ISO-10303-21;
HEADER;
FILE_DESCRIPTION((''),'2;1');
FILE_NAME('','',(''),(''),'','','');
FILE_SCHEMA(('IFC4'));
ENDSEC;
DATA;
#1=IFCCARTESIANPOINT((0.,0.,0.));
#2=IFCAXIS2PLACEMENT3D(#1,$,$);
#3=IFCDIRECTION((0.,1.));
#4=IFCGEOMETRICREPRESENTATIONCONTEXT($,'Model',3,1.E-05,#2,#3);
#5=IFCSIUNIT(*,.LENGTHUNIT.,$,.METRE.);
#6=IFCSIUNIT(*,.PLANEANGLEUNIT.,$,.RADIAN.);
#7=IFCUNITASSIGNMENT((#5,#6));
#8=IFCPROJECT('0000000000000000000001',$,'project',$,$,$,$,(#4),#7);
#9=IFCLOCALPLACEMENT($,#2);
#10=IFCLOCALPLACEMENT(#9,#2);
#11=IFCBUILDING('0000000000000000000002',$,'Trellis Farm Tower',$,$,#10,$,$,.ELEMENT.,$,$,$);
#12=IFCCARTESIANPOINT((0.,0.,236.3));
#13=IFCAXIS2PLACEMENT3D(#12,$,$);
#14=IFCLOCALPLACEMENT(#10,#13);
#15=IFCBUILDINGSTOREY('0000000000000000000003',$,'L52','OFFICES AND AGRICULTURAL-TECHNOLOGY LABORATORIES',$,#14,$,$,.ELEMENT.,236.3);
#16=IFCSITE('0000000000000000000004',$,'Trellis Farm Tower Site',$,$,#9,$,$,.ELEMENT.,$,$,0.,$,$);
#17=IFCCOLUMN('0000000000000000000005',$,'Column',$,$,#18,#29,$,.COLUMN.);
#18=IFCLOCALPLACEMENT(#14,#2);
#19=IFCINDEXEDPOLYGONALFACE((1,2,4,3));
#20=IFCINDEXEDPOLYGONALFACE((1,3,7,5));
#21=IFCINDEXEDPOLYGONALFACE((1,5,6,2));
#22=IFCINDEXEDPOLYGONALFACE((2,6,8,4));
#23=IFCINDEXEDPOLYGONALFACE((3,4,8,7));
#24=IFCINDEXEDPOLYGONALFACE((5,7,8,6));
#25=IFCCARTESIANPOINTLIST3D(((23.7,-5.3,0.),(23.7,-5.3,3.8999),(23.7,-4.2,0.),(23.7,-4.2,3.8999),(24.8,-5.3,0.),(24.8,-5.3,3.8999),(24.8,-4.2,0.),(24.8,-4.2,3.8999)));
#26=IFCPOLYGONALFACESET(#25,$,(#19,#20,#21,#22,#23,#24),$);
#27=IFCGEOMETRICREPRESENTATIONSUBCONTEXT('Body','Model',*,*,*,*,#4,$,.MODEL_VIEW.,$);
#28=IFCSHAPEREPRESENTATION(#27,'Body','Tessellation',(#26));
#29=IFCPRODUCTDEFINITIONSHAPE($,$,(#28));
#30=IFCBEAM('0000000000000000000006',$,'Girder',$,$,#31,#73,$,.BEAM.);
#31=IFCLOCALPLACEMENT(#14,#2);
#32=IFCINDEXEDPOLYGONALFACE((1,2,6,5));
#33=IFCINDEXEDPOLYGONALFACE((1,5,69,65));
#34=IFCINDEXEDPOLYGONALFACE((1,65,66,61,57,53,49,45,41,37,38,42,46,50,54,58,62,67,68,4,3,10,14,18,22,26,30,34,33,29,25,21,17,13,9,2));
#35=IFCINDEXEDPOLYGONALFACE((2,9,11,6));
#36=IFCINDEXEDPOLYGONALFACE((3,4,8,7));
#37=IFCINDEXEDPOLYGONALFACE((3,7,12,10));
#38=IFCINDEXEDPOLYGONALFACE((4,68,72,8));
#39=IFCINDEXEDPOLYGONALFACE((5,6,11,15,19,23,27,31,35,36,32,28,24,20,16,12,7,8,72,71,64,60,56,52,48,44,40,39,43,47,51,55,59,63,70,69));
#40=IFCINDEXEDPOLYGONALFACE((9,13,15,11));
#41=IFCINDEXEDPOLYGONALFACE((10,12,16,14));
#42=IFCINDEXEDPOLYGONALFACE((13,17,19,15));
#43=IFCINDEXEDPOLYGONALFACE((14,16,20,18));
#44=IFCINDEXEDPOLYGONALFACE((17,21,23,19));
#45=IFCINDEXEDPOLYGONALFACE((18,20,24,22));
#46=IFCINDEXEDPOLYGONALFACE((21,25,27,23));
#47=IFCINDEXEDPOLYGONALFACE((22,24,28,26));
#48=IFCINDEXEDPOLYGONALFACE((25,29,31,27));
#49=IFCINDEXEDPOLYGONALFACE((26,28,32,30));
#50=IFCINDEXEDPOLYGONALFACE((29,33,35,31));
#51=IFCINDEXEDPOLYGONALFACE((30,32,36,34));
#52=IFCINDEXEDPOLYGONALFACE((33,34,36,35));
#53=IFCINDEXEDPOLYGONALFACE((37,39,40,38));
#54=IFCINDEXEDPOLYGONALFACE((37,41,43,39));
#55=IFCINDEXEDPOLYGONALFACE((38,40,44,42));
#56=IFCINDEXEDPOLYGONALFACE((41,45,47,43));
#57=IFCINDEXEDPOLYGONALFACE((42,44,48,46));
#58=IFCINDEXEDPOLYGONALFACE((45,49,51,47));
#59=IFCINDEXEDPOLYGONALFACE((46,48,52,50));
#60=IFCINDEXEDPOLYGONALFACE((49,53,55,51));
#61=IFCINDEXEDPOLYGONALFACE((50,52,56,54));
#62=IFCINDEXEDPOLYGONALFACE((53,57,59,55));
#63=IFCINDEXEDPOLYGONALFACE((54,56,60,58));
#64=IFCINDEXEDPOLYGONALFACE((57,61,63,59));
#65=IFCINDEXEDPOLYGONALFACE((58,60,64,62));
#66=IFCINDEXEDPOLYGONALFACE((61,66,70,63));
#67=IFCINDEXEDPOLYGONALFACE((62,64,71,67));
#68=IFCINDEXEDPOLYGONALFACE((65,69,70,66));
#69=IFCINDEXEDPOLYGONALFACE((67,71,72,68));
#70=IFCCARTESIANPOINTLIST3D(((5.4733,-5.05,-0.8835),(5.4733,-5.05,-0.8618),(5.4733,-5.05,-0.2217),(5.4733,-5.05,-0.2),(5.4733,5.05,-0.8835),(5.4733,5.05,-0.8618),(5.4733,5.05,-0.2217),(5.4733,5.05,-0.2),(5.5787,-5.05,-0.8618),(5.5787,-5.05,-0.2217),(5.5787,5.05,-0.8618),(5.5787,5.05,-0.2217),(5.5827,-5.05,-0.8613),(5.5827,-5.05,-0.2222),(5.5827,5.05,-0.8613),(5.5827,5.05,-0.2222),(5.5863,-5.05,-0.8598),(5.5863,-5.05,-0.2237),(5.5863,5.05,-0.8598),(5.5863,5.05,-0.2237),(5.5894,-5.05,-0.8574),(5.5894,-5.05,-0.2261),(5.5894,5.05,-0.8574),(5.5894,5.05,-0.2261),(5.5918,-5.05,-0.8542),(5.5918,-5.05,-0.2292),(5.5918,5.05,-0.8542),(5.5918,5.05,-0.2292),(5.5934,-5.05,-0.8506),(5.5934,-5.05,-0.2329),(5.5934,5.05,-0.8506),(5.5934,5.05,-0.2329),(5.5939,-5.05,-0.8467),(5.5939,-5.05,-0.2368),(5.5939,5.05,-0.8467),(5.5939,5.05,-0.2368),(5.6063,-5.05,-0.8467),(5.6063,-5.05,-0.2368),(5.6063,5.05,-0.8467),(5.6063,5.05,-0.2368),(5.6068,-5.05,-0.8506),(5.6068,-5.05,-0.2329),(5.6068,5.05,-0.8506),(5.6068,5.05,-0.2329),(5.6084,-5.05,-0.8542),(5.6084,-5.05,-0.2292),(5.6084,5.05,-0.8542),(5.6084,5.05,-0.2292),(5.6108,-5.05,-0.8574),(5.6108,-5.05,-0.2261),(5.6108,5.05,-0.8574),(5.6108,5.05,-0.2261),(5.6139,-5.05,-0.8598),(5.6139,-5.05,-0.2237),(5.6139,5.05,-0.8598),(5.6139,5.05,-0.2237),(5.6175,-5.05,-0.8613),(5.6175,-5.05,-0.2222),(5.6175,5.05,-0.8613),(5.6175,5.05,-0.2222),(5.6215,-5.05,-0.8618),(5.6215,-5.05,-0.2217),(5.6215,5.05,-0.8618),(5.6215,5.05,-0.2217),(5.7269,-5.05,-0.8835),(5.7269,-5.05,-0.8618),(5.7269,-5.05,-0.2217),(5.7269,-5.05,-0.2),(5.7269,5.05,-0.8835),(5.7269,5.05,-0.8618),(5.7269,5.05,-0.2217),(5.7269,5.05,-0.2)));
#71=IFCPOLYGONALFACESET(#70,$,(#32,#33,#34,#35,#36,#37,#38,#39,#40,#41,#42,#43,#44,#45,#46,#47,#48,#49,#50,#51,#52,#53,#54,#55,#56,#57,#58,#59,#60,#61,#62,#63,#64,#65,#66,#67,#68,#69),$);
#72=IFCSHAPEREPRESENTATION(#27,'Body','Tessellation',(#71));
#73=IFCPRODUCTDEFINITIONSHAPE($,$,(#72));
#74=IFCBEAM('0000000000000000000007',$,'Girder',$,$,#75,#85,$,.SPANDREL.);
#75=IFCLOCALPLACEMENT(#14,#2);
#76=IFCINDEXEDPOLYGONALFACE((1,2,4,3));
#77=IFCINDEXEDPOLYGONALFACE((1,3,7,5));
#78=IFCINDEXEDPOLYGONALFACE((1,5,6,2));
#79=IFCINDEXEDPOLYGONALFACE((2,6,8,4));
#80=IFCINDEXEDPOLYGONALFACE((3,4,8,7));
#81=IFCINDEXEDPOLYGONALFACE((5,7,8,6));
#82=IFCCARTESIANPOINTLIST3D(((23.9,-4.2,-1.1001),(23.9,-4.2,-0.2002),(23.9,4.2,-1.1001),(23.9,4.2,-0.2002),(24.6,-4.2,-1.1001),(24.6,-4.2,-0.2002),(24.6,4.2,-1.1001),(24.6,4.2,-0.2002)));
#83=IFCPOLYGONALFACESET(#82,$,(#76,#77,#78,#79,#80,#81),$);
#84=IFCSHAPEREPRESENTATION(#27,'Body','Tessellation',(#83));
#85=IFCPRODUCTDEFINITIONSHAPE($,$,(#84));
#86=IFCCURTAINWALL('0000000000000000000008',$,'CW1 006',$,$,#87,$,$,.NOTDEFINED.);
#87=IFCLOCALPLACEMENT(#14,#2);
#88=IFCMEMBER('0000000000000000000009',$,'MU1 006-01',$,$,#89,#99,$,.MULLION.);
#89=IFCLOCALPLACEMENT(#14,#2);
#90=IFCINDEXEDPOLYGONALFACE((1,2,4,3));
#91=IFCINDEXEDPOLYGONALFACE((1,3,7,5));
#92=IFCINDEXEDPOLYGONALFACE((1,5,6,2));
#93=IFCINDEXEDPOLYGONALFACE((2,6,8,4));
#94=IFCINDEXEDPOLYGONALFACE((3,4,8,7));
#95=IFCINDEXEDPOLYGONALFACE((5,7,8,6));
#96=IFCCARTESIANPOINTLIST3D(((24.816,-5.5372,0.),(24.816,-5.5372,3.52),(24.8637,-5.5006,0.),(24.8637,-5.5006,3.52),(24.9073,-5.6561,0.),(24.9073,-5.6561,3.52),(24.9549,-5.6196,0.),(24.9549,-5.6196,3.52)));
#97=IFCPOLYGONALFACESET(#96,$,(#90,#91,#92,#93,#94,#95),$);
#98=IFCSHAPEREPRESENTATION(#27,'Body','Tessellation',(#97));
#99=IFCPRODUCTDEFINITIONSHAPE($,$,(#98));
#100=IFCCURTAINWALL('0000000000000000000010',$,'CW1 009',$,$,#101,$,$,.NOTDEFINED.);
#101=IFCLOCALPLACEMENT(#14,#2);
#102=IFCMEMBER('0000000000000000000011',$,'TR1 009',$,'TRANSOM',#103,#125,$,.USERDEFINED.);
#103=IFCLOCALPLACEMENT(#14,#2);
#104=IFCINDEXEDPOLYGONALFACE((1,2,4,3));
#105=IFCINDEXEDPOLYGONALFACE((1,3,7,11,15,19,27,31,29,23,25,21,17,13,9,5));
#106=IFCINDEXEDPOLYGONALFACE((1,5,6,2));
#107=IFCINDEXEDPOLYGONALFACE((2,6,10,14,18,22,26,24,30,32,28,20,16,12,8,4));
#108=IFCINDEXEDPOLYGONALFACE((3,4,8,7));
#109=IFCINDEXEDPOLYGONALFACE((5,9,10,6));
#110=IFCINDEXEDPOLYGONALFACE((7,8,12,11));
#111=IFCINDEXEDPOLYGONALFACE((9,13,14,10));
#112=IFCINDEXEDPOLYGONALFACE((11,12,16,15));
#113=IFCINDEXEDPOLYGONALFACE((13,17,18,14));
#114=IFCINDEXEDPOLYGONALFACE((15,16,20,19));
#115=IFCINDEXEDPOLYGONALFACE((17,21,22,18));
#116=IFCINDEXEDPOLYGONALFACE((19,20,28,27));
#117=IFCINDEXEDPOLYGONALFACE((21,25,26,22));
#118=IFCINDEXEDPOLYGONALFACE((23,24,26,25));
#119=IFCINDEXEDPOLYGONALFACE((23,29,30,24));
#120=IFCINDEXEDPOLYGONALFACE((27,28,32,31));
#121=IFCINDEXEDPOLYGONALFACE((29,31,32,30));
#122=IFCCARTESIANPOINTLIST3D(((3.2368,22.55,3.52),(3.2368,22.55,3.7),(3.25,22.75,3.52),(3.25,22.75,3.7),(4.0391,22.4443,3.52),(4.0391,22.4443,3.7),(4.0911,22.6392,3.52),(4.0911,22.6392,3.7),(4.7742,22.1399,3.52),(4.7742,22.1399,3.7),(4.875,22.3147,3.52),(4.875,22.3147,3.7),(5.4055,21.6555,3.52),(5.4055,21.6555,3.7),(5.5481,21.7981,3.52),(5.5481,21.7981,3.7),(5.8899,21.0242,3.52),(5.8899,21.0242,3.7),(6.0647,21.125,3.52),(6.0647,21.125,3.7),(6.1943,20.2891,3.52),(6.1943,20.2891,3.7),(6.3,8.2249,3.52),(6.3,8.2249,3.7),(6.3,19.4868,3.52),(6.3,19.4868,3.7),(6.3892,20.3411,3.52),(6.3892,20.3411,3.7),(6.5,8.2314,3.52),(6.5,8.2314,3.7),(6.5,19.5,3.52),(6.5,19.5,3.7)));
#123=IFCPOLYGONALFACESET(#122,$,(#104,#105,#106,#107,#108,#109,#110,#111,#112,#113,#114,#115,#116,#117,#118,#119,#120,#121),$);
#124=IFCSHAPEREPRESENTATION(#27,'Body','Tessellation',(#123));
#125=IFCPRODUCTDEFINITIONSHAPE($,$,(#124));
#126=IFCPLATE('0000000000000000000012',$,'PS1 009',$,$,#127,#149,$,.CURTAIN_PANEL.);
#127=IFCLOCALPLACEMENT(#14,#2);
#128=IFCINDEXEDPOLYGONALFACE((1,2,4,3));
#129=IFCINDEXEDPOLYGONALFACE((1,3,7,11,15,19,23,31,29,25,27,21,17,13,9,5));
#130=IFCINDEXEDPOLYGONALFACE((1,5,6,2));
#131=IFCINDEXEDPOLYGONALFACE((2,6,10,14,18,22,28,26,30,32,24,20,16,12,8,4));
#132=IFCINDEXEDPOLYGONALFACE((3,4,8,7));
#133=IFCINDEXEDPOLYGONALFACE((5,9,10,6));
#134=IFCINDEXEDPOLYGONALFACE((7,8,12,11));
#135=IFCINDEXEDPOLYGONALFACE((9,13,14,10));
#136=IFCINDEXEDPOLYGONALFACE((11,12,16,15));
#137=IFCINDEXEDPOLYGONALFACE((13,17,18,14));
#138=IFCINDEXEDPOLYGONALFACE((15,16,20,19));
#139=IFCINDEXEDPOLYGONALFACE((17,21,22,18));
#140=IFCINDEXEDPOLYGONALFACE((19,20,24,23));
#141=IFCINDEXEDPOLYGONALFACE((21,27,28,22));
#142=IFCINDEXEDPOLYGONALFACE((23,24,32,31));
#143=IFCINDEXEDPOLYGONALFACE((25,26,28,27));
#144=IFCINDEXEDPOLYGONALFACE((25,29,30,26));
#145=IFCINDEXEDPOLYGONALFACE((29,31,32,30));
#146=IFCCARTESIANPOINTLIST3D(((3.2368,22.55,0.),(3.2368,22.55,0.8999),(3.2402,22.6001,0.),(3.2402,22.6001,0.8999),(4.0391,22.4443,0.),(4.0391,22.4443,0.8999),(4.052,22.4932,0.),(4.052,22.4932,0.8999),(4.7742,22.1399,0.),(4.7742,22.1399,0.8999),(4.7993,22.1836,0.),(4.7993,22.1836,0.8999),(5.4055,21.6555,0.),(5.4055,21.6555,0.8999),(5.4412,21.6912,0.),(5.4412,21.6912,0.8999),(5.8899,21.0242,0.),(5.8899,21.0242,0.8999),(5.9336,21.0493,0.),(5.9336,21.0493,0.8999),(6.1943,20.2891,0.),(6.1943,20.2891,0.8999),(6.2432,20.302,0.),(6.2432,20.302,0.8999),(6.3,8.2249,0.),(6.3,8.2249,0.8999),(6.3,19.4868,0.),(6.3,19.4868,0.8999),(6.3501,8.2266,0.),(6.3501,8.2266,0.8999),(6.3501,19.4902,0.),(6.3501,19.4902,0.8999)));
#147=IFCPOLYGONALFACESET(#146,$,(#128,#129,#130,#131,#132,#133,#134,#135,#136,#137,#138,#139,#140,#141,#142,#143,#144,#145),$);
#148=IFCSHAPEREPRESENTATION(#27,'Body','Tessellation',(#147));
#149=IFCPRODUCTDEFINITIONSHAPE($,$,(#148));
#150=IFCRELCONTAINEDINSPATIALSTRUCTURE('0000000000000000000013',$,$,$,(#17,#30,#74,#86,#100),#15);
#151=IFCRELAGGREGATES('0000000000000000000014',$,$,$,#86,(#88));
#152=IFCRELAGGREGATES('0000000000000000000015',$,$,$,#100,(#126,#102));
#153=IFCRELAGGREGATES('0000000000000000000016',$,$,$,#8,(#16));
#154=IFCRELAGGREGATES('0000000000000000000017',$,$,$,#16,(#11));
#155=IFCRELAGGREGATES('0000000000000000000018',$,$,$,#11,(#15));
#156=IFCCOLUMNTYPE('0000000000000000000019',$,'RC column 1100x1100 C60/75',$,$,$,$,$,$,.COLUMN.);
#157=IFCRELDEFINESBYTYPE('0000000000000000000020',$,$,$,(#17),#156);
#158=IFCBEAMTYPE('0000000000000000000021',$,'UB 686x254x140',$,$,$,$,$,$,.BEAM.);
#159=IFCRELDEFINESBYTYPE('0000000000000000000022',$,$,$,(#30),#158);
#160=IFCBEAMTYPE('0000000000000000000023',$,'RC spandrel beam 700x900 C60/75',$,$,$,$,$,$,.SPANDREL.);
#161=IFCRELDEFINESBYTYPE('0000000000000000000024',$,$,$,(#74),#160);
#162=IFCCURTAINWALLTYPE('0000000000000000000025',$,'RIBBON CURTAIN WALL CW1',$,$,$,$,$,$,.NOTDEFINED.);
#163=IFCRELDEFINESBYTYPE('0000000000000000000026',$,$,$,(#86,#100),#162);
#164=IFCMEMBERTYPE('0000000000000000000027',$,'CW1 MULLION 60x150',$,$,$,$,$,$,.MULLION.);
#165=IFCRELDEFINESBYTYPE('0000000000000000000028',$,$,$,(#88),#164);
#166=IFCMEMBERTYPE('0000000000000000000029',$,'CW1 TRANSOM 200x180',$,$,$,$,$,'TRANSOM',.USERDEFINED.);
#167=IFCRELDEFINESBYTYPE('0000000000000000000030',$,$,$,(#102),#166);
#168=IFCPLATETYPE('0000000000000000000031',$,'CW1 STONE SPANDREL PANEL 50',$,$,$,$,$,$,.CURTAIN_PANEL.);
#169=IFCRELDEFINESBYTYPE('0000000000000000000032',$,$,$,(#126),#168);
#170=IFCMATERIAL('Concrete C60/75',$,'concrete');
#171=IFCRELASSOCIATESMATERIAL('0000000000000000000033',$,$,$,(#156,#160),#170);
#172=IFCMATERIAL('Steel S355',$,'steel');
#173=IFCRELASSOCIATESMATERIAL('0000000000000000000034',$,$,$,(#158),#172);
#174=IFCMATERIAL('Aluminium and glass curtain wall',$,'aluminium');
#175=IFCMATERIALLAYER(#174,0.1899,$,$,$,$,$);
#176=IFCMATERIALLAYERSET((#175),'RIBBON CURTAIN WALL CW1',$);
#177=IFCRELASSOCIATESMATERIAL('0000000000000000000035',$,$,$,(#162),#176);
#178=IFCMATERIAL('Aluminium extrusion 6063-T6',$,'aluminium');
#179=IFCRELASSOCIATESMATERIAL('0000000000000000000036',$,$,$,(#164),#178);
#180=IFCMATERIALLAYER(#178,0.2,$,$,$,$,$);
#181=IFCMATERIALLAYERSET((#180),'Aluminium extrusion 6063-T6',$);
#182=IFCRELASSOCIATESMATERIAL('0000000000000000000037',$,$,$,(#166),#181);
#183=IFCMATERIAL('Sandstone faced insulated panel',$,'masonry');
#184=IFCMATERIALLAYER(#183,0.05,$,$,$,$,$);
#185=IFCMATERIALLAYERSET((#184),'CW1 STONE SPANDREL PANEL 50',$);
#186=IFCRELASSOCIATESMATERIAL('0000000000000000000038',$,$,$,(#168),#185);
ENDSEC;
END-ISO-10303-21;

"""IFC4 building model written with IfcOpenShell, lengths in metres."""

from ifc_helpers import new_model, si_unit, direction, frame, origin, origin_2d, place, context, subcontext, project, spatial, polyline, rectangle, i_section, outline, extrude, source, transform, mapped, material, layer, layer_set, material_profile, profile_set, type_object, element, aggregate, save


model = new_model("IFC4")

# Units and contexts
model_context = context("Model", 3, precision=1e-05, world=origin(), true_north=direction((0.0, 1.0)))
body_context = subcontext(model_context, "Body", "Model", "MODEL_VIEW")
ifc_project = project(units=[si_unit("LENGTHUNIT", "METRE"), si_unit("PLANEANGLEUNIT", "RADIAN")], contexts=[model_context])

# Site, building, storey
site_placement = place(None, origin())
site = spatial("IfcSite", under=ifc_project, at=site_placement, Name="Trellis Farm Tower Site", CompositionType="ELEMENT", RefElevation=0.0)
building_placement = place(site_placement, origin())
building = spatial("IfcBuilding", under=site, at=building_placement, Name="Trellis Farm Tower", CompositionType="ELEMENT")
storey_placement = place(building_placement, frame((0.0, 0.0, 236.3)))
storey = spatial("IfcBuildingStorey", under=building, at=storey_placement, Name="L52", Description="OFFICES AND AGRICULTURAL-TECHNOLOGY LABORATORIES", CompositionType="ELEMENT", Elevation=236.3)

# Column
ifc_material_1 = material(Name="Concrete C60/75", Category="concrete")
ifc_material_profile_1 = material_profile(ifc_material_1, rectangle(XDim=1.1001, YDim=1.1001, at=origin_2d()), Name="RC column 1100x1100 C60/75")
ifc_profile_set_1 = profile_set([ifc_material_profile_1], Name="Concrete C60/75")
column_type = type_object("IfcColumnType", Name="RC column 1100x1100 C60/75", PredefinedType="COLUMN", material=ifc_profile_set_1)
shared_shape_1 = source(origin(), body_context, "Body", "SweptSolid", [
    extrude(rectangle(XDim=1.1001, YDim=1.1001, at=origin_2d()), origin(), (0.0, 0.0, 1.0), 3.8999),
])
column_placement = place(storey_placement, frame((24.25, -4.75, 0.0), z_axis=(0.0, 0.0, 1.0), x_axis=(1.0, 0.0, 0.0)))
element("IfcColumn", 1, at=column_placement, inside=storey, type_object=column_type, Name="Column", PredefinedType="COLUMN", context=body_context, shape_type="MappedRepresentation", body=[
    mapped(shared_shape_1, transform((0.0, 0.0, 0.0))),
])

# Beams
ifc_material_2 = material(Name="Steel S355", Category="steel")
ifc_material_profile_2 = material_profile(ifc_material_2, i_section(OverallWidth=0.2537, OverallDepth=0.6836, WebThickness=0.0125, FlangeThickness=0.0217, FilletRadius=0.0151, at=origin_2d()), Name="UB 686x254x140")
ifc_profile_set_2 = profile_set([ifc_material_profile_2], Name="Steel S355")
beam_type_1 = type_object("IfcBeamType", Name="UB 686x254x140", PredefinedType="BEAM", material=ifc_profile_set_2)
shared_shape_2 = source(origin(), body_context, "Body", "SweptSolid", [
    extrude(i_section(OverallWidth=0.2537, OverallDepth=0.6836, WebThickness=0.0125, FlangeThickness=0.0217, FilletRadius=0.0151, at=origin_2d()), origin(), (0.0, 0.0, 1.0), 10.1001),
])
beam_1_placement = place(storey_placement, frame((5.6001, -5.05, -0.5417), z_axis=(0.0, 1.0, 0.0), x_axis=(-1.0, 0.0, 0.0)))
element("IfcBeam", 2, at=beam_1_placement, inside=storey, type_object=beam_type_1, Name="Girder", PredefinedType="BEAM", context=body_context, shape_type="MappedRepresentation", body=[
    mapped(shared_shape_2, transform((0.0, 0.0, 0.0))),
])
ifc_material_profile_3 = material_profile(ifc_material_1, rectangle(XDim=0.7, YDim=0.8999, at=origin_2d()), Name="RC spandrel beam 700x900 C60/75")
ifc_profile_set_3 = profile_set([ifc_material_profile_3], Name="Concrete C60/75")
beam_type_2 = type_object("IfcBeamType", Name="RC spandrel beam 700x900 C60/75", PredefinedType="SPANDREL", material=ifc_profile_set_3)
shared_shape_3 = source(origin(), body_context, "Body", "SweptSolid", [
    extrude(rectangle(XDim=0.7, YDim=0.8999, at=origin_2d()), origin(), (0.0, 0.0, 1.0), 8.3999),
])
beam_2_placement = place(storey_placement, frame((24.25, -4.2, -0.6501), z_axis=(0.0, 1.0, 0.0), x_axis=(-1.0, 0.0, 0.0)))
element("IfcBeam", 3, at=beam_2_placement, inside=storey, type_object=beam_type_2, Name="Girder", PredefinedType="SPANDREL", context=body_context, shape_type="MappedRepresentation", body=[
    mapped(shared_shape_3, transform((0.0, 0.0, 0.0))),
])

# Curtain wall, member
ifc_material_3 = material(Name="Aluminium and glass curtain wall", Category="aluminium")
ifc_layer_1 = layer(ifc_material_3, 0.1899)
ifc_layer_set_1 = layer_set([ifc_layer_1], Name="RIBBON CURTAIN WALL CW1")
curtain_wall_type = type_object("IfcCurtainWallType", Name="RIBBON CURTAIN WALL CW1", PredefinedType="NOTDEFINED", material=ifc_layer_set_1)
placement = place(storey_placement, origin())
curtain_wall_1 = element("IfcCurtainWall", 4, at=placement, inside=storey, type_object=curtain_wall_type, Name="CW1 006", PredefinedType="NOTDEFINED")
ifc_material_4 = material(Name="Aluminium extrusion 6063-T6", Category="aluminium")
ifc_material_profile_4 = material_profile(ifc_material_4, rectangle(XDim=0.0601, YDim=0.1499, at=origin_2d()), Name="MULLION 60x150")
ifc_profile_set_4 = profile_set([ifc_material_profile_4], Name="Aluminium extrusion 6063-T6")
member_type_1 = type_object("IfcMemberType", Name="CW1 MULLION 60x150", PredefinedType="MULLION", material=ifc_profile_set_4)
shared_shape_4 = source(origin(), body_context, "Body", "SweptSolid", [
    extrude(rectangle(XDim=0.0601, YDim=0.1499, at=origin_2d()), origin(), (0.0, 0.0, 1.0), 3.52),
])
member_1_placement = place(storey_placement, frame((24.8855, -5.5784, 0.0), z_axis=(0.0, 0.0, 1.0), x_axis=(0.793353, 0.608761, 0.0)))
member_1 = element("IfcMember", 5, at=member_1_placement, type_object=member_type_1, Name="MU1 006-01", PredefinedType="MULLION", context=body_context, shape_type="MappedRepresentation", body=[
    mapped(shared_shape_4, transform((0.0, 0.0, 0.0))),
])
aggregate(curtain_wall_1, [member_1])

# Curtain wall, member, plate
curtain_wall_2 = element("IfcCurtainWall", 6, at=placement, inside=storey, type_object=curtain_wall_type, Name="CW1 009", PredefinedType="NOTDEFINED")
ifc_layer_2 = layer(ifc_material_4, 0.2)
ifc_layer_set_2 = layer_set([ifc_layer_2], Name="Aluminium extrusion 6063-T6")
member_type_2 = type_object("IfcMemberType", Name="CW1 TRANSOM 200x180", ElementType="TRANSOM", PredefinedType="USERDEFINED", material=ifc_layer_set_2)
shared_shape_5 = source(origin(), body_context, "Body", "SweptSolid", [
    extrude(outline(polyline([(6.5, 8.2314), (6.5, 19.5), (6.3892, 20.3411), (6.0647, 21.125), (5.5481, 21.7981), (4.875, 22.3147), (4.0911, 22.6392), (3.25, 22.75), (3.2368, 22.55), (4.0391, 22.4443), (4.7742, 22.1399), (5.4055, 21.6555), (5.8899, 21.0242), (6.1943, 20.2891), (6.3, 19.4868), (6.3, 8.2249), (6.5, 8.2314)])), origin(), (0.0, 0.0, 1.0), 0.1799),
])
member_2_placement = place(storey_placement, frame((0.0, 0.0, 3.52)))
member_2 = element("IfcMember", 7, at=member_2_placement, type_object=member_type_2, Name="TR1 009", ObjectType="TRANSOM", PredefinedType="USERDEFINED", context=body_context, shape_type="MappedRepresentation", body=[
    mapped(shared_shape_5, transform((0.0, 0.0, 0.0))),
])
ifc_material_5 = material(Name="Sandstone faced insulated panel", Category="masonry")
ifc_layer_3 = layer(ifc_material_5, 0.05)
ifc_layer_set_3 = layer_set([ifc_layer_3], Name="CW1 STONE SPANDREL PANEL 50")
plate_type = type_object("IfcPlateType", Name="CW1 STONE SPANDREL PANEL 50", PredefinedType="CURTAIN_PANEL", material=ifc_layer_set_3)
shared_shape_6 = source(origin(), body_context, "Body", "SweptSolid", [
    extrude(outline(polyline([(6.3501, 8.2266), (6.3501, 19.4902), (6.2432, 20.302), (5.9336, 21.0493), (5.4412, 21.6912), (4.7993, 22.1836), (4.052, 22.4932), (3.2402, 22.6001), (3.2368, 22.55), (4.0391, 22.4443), (4.7742, 22.1399), (5.4055, 21.6555), (5.8899, 21.0242), (6.1943, 20.2891), (6.3, 19.4868), (6.3, 8.2249), (6.3501, 8.2266)])), origin(), (0.0, 0.0, 1.0), 0.8999),
])
plate = element("IfcPlate", 8, at=placement, type_object=plate_type, Name="PS1 009", PredefinedType="CURTAIN_PANEL", context=body_context, shape_type="MappedRepresentation", body=[
    mapped(shared_shape_6, transform((0.0, 0.0, 0.0))),
])
aggregate(curtain_wall_2, [plate, member_2])

save(model, "model.ifc")
